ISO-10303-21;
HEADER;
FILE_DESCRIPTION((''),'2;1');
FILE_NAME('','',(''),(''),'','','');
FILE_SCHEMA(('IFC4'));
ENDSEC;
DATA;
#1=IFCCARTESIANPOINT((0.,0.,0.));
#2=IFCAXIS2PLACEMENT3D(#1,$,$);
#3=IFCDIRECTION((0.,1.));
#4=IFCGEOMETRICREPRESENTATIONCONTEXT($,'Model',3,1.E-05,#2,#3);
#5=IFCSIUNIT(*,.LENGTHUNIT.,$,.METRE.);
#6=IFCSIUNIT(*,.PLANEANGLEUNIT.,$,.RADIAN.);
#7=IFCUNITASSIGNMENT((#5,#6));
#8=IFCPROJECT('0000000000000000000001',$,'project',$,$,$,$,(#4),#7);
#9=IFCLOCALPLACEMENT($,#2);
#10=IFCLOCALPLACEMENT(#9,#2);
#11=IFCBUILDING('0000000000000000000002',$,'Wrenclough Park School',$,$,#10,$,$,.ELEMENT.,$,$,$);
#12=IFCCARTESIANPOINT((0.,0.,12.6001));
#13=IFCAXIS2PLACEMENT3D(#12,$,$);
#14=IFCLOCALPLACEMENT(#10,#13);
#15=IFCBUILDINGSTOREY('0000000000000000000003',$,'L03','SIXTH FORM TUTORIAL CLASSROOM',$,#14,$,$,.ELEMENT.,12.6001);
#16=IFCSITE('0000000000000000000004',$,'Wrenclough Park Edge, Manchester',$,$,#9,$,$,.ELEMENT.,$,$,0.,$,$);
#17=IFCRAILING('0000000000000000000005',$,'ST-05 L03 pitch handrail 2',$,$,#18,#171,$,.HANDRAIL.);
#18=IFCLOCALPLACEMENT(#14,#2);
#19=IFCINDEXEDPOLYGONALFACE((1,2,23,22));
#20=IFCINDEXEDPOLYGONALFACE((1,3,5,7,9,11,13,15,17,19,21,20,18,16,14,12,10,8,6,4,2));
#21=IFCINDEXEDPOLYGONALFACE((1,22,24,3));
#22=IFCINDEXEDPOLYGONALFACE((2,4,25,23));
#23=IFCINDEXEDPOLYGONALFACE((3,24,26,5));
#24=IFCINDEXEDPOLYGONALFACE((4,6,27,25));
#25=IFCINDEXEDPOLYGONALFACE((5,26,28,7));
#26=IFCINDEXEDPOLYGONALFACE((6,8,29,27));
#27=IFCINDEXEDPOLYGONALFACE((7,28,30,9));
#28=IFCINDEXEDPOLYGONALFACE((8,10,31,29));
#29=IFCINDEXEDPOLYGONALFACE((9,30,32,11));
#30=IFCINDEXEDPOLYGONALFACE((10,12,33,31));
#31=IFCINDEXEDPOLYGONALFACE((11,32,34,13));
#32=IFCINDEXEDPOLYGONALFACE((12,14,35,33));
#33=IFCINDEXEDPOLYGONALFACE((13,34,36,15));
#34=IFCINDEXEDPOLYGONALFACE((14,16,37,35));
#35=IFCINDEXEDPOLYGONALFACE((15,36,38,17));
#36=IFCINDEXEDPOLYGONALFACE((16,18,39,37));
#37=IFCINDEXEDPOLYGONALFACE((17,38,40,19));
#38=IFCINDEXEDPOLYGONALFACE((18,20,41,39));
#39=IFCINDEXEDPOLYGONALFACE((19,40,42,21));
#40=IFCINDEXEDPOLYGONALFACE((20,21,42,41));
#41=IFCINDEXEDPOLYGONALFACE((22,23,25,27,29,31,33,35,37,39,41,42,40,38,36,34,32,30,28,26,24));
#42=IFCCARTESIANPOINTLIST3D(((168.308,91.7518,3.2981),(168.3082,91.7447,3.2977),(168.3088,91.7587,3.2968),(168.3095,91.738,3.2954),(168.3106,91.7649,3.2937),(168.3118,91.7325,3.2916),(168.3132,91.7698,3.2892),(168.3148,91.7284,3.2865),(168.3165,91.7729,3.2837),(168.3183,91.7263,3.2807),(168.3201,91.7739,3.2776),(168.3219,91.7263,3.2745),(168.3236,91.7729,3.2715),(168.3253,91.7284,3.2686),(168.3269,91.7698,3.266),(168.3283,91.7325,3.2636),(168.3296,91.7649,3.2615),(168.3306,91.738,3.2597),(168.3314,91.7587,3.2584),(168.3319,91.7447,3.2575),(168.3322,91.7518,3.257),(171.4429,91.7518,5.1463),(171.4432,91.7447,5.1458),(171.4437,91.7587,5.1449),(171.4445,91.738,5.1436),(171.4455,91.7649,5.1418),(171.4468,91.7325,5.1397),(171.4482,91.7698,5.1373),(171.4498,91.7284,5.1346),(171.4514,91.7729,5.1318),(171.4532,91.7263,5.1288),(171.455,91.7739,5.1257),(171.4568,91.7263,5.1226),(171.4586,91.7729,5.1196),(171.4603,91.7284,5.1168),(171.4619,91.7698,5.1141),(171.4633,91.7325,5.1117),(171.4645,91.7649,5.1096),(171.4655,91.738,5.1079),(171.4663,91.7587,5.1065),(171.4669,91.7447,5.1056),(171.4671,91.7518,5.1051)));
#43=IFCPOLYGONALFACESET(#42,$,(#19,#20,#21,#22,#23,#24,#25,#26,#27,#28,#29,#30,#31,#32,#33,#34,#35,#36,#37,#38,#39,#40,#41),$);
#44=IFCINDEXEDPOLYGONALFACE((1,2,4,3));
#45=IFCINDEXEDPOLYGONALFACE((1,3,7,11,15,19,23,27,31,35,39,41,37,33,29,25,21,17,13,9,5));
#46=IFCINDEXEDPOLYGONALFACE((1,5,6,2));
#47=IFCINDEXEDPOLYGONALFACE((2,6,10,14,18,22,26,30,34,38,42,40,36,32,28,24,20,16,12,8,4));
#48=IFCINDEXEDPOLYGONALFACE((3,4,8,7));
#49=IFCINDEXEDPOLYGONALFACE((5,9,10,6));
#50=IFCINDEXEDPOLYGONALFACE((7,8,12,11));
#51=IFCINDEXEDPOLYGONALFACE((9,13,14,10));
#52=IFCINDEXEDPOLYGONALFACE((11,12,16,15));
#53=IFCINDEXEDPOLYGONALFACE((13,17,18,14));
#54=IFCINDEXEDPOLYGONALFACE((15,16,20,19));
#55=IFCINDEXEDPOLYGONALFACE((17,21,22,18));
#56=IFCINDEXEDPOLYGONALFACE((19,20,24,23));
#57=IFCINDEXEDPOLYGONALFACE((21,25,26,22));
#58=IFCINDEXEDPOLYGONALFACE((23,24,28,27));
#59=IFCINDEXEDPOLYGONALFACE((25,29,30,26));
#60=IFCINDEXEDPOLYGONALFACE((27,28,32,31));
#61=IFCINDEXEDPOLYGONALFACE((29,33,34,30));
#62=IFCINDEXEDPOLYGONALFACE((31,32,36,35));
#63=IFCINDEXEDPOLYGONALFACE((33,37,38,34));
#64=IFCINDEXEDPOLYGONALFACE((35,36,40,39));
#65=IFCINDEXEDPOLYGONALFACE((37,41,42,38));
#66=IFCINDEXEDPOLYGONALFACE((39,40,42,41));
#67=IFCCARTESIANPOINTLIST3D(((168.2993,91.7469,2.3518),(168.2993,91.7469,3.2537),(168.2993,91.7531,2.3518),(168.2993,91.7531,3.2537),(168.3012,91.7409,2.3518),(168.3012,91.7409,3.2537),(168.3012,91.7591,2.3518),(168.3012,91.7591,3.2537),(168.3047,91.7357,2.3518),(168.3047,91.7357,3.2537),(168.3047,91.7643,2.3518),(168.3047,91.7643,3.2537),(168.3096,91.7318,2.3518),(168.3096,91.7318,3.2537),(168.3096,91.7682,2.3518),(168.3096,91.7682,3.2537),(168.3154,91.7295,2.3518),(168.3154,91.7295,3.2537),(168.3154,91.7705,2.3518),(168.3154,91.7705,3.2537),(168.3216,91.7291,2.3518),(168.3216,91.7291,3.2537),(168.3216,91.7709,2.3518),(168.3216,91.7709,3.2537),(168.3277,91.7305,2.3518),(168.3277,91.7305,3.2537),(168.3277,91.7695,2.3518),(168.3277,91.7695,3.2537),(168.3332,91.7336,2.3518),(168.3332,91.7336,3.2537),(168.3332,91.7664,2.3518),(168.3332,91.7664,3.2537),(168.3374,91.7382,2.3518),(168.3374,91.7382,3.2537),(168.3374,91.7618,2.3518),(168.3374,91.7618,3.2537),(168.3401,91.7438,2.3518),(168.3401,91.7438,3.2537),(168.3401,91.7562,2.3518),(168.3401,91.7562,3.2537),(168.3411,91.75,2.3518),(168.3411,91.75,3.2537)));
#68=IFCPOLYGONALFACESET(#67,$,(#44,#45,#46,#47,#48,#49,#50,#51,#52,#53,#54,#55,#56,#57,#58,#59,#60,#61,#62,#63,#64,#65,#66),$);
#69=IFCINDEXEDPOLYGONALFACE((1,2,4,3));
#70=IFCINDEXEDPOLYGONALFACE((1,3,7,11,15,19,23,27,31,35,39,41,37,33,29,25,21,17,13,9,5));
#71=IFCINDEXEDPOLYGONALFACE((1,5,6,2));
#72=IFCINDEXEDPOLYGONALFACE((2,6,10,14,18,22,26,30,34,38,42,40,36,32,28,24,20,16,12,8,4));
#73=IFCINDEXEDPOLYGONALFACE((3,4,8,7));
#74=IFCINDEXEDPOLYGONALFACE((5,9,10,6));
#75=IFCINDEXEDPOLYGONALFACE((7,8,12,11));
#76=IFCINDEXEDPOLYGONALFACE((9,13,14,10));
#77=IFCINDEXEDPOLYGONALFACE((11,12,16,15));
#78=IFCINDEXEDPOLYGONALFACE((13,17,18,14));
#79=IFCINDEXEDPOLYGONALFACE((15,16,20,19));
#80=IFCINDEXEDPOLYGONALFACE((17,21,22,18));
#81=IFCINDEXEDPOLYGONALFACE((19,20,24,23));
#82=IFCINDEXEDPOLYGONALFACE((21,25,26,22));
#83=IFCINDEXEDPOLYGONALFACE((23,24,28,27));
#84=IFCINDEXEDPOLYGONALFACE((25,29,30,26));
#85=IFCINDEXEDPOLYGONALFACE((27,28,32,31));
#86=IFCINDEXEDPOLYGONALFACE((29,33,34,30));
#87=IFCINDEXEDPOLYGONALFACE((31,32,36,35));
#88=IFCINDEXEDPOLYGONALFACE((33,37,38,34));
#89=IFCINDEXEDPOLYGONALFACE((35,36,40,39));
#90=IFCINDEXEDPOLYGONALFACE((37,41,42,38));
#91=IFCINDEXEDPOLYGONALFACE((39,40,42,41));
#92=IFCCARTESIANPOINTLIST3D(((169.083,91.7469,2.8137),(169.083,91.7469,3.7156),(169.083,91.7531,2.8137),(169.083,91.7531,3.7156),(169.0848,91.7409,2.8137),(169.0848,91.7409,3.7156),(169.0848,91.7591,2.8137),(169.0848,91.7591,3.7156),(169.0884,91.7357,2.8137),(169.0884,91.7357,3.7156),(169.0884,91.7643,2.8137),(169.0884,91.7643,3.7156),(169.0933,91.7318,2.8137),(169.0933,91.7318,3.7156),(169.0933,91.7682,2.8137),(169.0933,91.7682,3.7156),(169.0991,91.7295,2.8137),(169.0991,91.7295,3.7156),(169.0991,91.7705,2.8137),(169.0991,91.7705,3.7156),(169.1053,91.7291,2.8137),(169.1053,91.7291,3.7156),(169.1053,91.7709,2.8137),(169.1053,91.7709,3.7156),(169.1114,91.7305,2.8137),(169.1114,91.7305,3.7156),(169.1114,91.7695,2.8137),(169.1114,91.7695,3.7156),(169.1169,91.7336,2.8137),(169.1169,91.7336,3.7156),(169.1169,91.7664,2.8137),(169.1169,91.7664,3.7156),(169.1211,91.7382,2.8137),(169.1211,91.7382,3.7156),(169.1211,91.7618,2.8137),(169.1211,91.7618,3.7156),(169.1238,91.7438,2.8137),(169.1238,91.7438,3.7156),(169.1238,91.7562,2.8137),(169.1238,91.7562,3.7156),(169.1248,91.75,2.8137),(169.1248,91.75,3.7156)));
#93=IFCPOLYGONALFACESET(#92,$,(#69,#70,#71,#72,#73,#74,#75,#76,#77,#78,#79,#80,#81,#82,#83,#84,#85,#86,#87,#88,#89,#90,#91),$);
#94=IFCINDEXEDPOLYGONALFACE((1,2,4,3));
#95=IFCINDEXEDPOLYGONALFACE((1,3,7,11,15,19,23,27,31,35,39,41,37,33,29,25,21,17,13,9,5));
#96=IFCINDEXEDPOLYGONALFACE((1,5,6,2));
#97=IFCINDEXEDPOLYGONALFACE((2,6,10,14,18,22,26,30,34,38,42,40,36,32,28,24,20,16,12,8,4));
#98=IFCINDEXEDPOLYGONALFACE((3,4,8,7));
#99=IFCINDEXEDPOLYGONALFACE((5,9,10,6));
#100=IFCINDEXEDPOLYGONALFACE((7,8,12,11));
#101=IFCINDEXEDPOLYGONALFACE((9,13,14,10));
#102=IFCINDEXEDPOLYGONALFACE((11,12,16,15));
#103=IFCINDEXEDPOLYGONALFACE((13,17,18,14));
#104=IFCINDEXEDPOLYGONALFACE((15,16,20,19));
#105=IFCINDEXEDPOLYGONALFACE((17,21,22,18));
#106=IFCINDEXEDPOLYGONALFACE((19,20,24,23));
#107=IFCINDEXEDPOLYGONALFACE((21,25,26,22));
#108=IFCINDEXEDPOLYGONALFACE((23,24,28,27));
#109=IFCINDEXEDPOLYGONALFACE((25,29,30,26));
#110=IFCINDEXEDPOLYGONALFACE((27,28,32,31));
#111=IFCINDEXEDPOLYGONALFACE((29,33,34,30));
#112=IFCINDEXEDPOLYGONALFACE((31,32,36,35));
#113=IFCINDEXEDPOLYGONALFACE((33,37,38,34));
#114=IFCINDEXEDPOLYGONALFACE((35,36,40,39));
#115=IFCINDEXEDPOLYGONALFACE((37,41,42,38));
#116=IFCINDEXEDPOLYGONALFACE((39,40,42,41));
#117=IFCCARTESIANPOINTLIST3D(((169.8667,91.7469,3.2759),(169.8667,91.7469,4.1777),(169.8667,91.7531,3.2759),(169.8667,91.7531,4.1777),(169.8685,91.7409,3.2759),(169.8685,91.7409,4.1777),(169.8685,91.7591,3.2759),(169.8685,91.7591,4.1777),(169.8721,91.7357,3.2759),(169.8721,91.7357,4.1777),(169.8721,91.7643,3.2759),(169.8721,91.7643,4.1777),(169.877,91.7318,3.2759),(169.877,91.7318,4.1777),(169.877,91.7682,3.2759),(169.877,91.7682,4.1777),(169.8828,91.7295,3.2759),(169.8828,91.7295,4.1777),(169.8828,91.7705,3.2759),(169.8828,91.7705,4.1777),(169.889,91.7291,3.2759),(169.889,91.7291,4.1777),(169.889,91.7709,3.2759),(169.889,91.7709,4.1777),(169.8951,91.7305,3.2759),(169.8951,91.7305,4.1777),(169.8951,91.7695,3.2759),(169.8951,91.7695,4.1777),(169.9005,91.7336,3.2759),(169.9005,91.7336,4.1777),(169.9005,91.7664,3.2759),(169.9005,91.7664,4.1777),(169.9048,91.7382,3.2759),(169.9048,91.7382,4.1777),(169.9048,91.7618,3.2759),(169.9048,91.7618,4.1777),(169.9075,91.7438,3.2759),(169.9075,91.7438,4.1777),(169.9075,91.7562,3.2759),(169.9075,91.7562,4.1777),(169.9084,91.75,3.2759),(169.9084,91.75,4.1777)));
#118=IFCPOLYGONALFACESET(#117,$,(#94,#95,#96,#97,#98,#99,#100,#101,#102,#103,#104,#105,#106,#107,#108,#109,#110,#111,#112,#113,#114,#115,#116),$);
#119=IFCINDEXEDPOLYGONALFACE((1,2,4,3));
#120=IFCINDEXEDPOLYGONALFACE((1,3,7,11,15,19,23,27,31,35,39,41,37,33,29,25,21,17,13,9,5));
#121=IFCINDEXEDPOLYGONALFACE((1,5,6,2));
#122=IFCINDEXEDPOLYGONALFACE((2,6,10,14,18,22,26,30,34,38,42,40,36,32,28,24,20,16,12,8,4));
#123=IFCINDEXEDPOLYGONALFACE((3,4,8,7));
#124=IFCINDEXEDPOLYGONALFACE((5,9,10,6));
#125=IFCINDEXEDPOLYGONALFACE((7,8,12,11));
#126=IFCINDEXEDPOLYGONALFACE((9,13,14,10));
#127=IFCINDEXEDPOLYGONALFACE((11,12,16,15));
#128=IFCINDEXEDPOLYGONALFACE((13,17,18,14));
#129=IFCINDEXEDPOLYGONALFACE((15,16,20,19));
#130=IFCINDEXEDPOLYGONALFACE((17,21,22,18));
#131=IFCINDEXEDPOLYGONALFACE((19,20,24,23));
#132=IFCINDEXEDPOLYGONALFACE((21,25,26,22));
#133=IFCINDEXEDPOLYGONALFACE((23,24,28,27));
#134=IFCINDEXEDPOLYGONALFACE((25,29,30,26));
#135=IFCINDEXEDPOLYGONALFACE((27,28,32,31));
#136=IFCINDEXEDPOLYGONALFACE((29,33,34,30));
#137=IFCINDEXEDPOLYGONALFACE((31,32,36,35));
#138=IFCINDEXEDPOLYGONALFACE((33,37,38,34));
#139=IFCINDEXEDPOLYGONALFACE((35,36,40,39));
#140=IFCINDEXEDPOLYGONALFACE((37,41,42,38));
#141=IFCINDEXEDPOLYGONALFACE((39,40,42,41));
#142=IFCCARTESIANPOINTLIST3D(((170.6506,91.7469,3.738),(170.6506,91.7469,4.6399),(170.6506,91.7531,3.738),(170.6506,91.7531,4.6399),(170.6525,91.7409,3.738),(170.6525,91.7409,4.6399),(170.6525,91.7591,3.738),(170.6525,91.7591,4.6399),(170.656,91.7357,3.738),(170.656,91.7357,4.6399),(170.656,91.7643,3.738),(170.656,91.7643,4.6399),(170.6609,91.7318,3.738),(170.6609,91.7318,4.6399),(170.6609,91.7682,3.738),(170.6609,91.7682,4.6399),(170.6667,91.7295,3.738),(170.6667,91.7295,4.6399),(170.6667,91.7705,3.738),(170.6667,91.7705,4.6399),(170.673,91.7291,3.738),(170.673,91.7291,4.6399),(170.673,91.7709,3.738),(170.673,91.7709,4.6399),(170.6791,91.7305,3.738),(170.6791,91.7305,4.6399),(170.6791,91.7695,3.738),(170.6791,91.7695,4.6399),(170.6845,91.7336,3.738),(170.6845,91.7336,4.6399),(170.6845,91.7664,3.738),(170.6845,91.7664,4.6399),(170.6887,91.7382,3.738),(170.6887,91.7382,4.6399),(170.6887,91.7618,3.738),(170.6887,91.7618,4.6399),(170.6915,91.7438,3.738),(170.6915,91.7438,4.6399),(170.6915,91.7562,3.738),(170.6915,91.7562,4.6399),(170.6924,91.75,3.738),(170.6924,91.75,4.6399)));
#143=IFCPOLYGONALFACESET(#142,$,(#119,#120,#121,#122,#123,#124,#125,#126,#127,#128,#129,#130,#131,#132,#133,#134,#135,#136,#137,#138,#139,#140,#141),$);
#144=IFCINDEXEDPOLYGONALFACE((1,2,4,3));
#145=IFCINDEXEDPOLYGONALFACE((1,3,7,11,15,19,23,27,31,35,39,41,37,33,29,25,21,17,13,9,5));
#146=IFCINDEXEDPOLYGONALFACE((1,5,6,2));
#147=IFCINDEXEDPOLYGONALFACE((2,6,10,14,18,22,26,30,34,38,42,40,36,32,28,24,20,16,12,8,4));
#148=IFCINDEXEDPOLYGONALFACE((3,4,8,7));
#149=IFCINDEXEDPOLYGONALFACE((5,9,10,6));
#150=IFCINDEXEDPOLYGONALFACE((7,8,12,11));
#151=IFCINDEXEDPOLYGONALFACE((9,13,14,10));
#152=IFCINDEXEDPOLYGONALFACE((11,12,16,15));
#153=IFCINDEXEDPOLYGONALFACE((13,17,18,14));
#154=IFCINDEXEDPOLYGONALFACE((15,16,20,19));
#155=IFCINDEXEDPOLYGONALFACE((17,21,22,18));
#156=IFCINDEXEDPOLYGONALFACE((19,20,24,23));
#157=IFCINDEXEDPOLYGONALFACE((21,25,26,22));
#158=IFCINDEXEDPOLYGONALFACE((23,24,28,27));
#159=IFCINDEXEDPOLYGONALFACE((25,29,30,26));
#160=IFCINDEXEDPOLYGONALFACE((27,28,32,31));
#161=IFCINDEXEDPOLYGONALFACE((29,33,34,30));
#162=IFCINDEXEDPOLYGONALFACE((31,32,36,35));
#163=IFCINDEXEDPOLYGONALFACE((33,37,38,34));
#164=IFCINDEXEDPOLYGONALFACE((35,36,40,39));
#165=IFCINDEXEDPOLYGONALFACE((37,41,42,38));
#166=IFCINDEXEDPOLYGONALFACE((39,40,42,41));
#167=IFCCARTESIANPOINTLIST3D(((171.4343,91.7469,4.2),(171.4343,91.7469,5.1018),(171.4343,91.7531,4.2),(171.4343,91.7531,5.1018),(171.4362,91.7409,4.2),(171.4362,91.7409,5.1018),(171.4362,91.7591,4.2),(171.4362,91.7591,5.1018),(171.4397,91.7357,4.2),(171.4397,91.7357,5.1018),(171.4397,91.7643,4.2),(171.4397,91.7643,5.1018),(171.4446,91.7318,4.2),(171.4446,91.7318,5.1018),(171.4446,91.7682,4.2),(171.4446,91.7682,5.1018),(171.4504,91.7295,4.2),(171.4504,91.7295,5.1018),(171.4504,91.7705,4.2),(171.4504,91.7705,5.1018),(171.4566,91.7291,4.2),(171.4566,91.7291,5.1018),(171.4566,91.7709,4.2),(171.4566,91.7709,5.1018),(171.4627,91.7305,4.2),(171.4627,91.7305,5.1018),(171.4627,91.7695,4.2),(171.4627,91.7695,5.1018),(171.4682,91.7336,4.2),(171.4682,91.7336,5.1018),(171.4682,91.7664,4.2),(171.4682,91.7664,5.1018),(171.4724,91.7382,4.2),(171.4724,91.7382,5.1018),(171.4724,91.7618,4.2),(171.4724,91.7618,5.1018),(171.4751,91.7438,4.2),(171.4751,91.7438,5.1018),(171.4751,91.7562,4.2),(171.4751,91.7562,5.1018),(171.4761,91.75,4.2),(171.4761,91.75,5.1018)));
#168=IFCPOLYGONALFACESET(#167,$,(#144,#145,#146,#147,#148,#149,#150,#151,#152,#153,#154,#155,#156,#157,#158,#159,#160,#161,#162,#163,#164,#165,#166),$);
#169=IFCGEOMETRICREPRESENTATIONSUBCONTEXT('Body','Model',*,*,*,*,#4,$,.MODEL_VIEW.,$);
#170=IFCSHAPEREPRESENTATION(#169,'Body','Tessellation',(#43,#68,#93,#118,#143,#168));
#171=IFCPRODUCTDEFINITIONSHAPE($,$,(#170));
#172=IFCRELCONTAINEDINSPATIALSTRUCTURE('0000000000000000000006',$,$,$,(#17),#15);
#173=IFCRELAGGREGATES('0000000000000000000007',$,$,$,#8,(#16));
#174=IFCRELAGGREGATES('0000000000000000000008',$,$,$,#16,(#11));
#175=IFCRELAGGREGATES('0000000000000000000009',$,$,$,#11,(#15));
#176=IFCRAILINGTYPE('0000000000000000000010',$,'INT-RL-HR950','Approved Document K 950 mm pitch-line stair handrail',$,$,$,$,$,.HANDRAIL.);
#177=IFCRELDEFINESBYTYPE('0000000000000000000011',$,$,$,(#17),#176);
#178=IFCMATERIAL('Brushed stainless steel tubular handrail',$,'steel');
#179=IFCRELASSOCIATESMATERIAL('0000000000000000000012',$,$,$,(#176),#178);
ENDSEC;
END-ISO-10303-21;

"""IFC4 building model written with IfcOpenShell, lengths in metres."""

from ifc_helpers import new_model, si_unit, direction, frame, origin, origin_2d, place, context, subcontext, project, spatial, circle, extrude, material, type_object, element, save


model = new_model("IFC4")

# Units and contexts
model_context = context("Model", 3, precision=1e-05, world=origin(), true_north=direction((0.0, 1.0)))
body_context = subcontext(model_context, "Body", "Model", "MODEL_VIEW")
ifc_project = project(units=[si_unit("LENGTHUNIT", "METRE"), si_unit("PLANEANGLEUNIT", "RADIAN")], contexts=[model_context])

# Site, building, storey
site_placement = place(None, origin())
site = spatial("IfcSite", under=ifc_project, at=site_placement, Name="Wrenclough Park Edge, Manchester", CompositionType="ELEMENT", RefElevation=0.0)
building_placement = place(site_placement, origin())
building = spatial("IfcBuilding", under=site, at=building_placement, Name="Wrenclough Park School", CompositionType="ELEMENT")
storey_placement = place(building_placement, frame((0.0, 0.0, 12.6001)))
storey = spatial("IfcBuildingStorey", under=building, at=storey_placement, Name="L03", Description="SIXTH FORM TUTORIAL CLASSROOM", CompositionType="ELEMENT", Elevation=12.6001)

# Railing
ifc_material_1 = material(Name="Brushed stainless steel tubular handrail", Category="steel")
railing_type_1 = type_object("IfcRailingType", Name="INT-RL-HR950", Description="Approved Document K 950 mm pitch-line stair handrail", PredefinedType="HANDRAIL", material=ifc_material_1)
railing_1_placement = place(storey_placement, frame((168.3201, 91.75, 2.3518)))
element("IfcRailing", 1, at=railing_1_placement, inside=storey, type_object=railing_type_1, Name="ST-05 L03 pitch handrail 2", PredefinedType="HANDRAIL", context=body_context, shape_type="SweptSolid", body=[
    extrude(circle(Radius=0.0239, at=origin_2d()), frame((0.0, 0.0, 0.9258), z_axis=(0.861451, 0.0, 0.507841), x_axis=(0.0, 1.0, 0.0)), (0.0, 0.0, 1.0), 3.6392),
    extrude(circle(Radius=0.021, at=origin_2d()), origin(), (0.0, 0.0, 1.0), 0.9019),
    extrude(circle(Radius=0.021, at=origin_2d()), frame((0.7837, 0.0, 0.4619)), (0.0, 0.0, 1.0), 0.9019),
    extrude(circle(Radius=0.021, at=origin_2d()), frame((1.5674, 0.0, 0.9241)), (0.0, 0.0, 1.0), 0.9019),
    extrude(circle(Radius=0.021, at=origin_2d()), frame((2.3513, 0.0, 1.3862)), (0.0, 0.0, 1.0), 0.9019),
    extrude(circle(Radius=0.021, at=origin_2d()), frame((3.135, 0.0, 1.8481)), (0.0, 0.0, 1.0), 0.9019),
])

save(model, "model.ifc")
